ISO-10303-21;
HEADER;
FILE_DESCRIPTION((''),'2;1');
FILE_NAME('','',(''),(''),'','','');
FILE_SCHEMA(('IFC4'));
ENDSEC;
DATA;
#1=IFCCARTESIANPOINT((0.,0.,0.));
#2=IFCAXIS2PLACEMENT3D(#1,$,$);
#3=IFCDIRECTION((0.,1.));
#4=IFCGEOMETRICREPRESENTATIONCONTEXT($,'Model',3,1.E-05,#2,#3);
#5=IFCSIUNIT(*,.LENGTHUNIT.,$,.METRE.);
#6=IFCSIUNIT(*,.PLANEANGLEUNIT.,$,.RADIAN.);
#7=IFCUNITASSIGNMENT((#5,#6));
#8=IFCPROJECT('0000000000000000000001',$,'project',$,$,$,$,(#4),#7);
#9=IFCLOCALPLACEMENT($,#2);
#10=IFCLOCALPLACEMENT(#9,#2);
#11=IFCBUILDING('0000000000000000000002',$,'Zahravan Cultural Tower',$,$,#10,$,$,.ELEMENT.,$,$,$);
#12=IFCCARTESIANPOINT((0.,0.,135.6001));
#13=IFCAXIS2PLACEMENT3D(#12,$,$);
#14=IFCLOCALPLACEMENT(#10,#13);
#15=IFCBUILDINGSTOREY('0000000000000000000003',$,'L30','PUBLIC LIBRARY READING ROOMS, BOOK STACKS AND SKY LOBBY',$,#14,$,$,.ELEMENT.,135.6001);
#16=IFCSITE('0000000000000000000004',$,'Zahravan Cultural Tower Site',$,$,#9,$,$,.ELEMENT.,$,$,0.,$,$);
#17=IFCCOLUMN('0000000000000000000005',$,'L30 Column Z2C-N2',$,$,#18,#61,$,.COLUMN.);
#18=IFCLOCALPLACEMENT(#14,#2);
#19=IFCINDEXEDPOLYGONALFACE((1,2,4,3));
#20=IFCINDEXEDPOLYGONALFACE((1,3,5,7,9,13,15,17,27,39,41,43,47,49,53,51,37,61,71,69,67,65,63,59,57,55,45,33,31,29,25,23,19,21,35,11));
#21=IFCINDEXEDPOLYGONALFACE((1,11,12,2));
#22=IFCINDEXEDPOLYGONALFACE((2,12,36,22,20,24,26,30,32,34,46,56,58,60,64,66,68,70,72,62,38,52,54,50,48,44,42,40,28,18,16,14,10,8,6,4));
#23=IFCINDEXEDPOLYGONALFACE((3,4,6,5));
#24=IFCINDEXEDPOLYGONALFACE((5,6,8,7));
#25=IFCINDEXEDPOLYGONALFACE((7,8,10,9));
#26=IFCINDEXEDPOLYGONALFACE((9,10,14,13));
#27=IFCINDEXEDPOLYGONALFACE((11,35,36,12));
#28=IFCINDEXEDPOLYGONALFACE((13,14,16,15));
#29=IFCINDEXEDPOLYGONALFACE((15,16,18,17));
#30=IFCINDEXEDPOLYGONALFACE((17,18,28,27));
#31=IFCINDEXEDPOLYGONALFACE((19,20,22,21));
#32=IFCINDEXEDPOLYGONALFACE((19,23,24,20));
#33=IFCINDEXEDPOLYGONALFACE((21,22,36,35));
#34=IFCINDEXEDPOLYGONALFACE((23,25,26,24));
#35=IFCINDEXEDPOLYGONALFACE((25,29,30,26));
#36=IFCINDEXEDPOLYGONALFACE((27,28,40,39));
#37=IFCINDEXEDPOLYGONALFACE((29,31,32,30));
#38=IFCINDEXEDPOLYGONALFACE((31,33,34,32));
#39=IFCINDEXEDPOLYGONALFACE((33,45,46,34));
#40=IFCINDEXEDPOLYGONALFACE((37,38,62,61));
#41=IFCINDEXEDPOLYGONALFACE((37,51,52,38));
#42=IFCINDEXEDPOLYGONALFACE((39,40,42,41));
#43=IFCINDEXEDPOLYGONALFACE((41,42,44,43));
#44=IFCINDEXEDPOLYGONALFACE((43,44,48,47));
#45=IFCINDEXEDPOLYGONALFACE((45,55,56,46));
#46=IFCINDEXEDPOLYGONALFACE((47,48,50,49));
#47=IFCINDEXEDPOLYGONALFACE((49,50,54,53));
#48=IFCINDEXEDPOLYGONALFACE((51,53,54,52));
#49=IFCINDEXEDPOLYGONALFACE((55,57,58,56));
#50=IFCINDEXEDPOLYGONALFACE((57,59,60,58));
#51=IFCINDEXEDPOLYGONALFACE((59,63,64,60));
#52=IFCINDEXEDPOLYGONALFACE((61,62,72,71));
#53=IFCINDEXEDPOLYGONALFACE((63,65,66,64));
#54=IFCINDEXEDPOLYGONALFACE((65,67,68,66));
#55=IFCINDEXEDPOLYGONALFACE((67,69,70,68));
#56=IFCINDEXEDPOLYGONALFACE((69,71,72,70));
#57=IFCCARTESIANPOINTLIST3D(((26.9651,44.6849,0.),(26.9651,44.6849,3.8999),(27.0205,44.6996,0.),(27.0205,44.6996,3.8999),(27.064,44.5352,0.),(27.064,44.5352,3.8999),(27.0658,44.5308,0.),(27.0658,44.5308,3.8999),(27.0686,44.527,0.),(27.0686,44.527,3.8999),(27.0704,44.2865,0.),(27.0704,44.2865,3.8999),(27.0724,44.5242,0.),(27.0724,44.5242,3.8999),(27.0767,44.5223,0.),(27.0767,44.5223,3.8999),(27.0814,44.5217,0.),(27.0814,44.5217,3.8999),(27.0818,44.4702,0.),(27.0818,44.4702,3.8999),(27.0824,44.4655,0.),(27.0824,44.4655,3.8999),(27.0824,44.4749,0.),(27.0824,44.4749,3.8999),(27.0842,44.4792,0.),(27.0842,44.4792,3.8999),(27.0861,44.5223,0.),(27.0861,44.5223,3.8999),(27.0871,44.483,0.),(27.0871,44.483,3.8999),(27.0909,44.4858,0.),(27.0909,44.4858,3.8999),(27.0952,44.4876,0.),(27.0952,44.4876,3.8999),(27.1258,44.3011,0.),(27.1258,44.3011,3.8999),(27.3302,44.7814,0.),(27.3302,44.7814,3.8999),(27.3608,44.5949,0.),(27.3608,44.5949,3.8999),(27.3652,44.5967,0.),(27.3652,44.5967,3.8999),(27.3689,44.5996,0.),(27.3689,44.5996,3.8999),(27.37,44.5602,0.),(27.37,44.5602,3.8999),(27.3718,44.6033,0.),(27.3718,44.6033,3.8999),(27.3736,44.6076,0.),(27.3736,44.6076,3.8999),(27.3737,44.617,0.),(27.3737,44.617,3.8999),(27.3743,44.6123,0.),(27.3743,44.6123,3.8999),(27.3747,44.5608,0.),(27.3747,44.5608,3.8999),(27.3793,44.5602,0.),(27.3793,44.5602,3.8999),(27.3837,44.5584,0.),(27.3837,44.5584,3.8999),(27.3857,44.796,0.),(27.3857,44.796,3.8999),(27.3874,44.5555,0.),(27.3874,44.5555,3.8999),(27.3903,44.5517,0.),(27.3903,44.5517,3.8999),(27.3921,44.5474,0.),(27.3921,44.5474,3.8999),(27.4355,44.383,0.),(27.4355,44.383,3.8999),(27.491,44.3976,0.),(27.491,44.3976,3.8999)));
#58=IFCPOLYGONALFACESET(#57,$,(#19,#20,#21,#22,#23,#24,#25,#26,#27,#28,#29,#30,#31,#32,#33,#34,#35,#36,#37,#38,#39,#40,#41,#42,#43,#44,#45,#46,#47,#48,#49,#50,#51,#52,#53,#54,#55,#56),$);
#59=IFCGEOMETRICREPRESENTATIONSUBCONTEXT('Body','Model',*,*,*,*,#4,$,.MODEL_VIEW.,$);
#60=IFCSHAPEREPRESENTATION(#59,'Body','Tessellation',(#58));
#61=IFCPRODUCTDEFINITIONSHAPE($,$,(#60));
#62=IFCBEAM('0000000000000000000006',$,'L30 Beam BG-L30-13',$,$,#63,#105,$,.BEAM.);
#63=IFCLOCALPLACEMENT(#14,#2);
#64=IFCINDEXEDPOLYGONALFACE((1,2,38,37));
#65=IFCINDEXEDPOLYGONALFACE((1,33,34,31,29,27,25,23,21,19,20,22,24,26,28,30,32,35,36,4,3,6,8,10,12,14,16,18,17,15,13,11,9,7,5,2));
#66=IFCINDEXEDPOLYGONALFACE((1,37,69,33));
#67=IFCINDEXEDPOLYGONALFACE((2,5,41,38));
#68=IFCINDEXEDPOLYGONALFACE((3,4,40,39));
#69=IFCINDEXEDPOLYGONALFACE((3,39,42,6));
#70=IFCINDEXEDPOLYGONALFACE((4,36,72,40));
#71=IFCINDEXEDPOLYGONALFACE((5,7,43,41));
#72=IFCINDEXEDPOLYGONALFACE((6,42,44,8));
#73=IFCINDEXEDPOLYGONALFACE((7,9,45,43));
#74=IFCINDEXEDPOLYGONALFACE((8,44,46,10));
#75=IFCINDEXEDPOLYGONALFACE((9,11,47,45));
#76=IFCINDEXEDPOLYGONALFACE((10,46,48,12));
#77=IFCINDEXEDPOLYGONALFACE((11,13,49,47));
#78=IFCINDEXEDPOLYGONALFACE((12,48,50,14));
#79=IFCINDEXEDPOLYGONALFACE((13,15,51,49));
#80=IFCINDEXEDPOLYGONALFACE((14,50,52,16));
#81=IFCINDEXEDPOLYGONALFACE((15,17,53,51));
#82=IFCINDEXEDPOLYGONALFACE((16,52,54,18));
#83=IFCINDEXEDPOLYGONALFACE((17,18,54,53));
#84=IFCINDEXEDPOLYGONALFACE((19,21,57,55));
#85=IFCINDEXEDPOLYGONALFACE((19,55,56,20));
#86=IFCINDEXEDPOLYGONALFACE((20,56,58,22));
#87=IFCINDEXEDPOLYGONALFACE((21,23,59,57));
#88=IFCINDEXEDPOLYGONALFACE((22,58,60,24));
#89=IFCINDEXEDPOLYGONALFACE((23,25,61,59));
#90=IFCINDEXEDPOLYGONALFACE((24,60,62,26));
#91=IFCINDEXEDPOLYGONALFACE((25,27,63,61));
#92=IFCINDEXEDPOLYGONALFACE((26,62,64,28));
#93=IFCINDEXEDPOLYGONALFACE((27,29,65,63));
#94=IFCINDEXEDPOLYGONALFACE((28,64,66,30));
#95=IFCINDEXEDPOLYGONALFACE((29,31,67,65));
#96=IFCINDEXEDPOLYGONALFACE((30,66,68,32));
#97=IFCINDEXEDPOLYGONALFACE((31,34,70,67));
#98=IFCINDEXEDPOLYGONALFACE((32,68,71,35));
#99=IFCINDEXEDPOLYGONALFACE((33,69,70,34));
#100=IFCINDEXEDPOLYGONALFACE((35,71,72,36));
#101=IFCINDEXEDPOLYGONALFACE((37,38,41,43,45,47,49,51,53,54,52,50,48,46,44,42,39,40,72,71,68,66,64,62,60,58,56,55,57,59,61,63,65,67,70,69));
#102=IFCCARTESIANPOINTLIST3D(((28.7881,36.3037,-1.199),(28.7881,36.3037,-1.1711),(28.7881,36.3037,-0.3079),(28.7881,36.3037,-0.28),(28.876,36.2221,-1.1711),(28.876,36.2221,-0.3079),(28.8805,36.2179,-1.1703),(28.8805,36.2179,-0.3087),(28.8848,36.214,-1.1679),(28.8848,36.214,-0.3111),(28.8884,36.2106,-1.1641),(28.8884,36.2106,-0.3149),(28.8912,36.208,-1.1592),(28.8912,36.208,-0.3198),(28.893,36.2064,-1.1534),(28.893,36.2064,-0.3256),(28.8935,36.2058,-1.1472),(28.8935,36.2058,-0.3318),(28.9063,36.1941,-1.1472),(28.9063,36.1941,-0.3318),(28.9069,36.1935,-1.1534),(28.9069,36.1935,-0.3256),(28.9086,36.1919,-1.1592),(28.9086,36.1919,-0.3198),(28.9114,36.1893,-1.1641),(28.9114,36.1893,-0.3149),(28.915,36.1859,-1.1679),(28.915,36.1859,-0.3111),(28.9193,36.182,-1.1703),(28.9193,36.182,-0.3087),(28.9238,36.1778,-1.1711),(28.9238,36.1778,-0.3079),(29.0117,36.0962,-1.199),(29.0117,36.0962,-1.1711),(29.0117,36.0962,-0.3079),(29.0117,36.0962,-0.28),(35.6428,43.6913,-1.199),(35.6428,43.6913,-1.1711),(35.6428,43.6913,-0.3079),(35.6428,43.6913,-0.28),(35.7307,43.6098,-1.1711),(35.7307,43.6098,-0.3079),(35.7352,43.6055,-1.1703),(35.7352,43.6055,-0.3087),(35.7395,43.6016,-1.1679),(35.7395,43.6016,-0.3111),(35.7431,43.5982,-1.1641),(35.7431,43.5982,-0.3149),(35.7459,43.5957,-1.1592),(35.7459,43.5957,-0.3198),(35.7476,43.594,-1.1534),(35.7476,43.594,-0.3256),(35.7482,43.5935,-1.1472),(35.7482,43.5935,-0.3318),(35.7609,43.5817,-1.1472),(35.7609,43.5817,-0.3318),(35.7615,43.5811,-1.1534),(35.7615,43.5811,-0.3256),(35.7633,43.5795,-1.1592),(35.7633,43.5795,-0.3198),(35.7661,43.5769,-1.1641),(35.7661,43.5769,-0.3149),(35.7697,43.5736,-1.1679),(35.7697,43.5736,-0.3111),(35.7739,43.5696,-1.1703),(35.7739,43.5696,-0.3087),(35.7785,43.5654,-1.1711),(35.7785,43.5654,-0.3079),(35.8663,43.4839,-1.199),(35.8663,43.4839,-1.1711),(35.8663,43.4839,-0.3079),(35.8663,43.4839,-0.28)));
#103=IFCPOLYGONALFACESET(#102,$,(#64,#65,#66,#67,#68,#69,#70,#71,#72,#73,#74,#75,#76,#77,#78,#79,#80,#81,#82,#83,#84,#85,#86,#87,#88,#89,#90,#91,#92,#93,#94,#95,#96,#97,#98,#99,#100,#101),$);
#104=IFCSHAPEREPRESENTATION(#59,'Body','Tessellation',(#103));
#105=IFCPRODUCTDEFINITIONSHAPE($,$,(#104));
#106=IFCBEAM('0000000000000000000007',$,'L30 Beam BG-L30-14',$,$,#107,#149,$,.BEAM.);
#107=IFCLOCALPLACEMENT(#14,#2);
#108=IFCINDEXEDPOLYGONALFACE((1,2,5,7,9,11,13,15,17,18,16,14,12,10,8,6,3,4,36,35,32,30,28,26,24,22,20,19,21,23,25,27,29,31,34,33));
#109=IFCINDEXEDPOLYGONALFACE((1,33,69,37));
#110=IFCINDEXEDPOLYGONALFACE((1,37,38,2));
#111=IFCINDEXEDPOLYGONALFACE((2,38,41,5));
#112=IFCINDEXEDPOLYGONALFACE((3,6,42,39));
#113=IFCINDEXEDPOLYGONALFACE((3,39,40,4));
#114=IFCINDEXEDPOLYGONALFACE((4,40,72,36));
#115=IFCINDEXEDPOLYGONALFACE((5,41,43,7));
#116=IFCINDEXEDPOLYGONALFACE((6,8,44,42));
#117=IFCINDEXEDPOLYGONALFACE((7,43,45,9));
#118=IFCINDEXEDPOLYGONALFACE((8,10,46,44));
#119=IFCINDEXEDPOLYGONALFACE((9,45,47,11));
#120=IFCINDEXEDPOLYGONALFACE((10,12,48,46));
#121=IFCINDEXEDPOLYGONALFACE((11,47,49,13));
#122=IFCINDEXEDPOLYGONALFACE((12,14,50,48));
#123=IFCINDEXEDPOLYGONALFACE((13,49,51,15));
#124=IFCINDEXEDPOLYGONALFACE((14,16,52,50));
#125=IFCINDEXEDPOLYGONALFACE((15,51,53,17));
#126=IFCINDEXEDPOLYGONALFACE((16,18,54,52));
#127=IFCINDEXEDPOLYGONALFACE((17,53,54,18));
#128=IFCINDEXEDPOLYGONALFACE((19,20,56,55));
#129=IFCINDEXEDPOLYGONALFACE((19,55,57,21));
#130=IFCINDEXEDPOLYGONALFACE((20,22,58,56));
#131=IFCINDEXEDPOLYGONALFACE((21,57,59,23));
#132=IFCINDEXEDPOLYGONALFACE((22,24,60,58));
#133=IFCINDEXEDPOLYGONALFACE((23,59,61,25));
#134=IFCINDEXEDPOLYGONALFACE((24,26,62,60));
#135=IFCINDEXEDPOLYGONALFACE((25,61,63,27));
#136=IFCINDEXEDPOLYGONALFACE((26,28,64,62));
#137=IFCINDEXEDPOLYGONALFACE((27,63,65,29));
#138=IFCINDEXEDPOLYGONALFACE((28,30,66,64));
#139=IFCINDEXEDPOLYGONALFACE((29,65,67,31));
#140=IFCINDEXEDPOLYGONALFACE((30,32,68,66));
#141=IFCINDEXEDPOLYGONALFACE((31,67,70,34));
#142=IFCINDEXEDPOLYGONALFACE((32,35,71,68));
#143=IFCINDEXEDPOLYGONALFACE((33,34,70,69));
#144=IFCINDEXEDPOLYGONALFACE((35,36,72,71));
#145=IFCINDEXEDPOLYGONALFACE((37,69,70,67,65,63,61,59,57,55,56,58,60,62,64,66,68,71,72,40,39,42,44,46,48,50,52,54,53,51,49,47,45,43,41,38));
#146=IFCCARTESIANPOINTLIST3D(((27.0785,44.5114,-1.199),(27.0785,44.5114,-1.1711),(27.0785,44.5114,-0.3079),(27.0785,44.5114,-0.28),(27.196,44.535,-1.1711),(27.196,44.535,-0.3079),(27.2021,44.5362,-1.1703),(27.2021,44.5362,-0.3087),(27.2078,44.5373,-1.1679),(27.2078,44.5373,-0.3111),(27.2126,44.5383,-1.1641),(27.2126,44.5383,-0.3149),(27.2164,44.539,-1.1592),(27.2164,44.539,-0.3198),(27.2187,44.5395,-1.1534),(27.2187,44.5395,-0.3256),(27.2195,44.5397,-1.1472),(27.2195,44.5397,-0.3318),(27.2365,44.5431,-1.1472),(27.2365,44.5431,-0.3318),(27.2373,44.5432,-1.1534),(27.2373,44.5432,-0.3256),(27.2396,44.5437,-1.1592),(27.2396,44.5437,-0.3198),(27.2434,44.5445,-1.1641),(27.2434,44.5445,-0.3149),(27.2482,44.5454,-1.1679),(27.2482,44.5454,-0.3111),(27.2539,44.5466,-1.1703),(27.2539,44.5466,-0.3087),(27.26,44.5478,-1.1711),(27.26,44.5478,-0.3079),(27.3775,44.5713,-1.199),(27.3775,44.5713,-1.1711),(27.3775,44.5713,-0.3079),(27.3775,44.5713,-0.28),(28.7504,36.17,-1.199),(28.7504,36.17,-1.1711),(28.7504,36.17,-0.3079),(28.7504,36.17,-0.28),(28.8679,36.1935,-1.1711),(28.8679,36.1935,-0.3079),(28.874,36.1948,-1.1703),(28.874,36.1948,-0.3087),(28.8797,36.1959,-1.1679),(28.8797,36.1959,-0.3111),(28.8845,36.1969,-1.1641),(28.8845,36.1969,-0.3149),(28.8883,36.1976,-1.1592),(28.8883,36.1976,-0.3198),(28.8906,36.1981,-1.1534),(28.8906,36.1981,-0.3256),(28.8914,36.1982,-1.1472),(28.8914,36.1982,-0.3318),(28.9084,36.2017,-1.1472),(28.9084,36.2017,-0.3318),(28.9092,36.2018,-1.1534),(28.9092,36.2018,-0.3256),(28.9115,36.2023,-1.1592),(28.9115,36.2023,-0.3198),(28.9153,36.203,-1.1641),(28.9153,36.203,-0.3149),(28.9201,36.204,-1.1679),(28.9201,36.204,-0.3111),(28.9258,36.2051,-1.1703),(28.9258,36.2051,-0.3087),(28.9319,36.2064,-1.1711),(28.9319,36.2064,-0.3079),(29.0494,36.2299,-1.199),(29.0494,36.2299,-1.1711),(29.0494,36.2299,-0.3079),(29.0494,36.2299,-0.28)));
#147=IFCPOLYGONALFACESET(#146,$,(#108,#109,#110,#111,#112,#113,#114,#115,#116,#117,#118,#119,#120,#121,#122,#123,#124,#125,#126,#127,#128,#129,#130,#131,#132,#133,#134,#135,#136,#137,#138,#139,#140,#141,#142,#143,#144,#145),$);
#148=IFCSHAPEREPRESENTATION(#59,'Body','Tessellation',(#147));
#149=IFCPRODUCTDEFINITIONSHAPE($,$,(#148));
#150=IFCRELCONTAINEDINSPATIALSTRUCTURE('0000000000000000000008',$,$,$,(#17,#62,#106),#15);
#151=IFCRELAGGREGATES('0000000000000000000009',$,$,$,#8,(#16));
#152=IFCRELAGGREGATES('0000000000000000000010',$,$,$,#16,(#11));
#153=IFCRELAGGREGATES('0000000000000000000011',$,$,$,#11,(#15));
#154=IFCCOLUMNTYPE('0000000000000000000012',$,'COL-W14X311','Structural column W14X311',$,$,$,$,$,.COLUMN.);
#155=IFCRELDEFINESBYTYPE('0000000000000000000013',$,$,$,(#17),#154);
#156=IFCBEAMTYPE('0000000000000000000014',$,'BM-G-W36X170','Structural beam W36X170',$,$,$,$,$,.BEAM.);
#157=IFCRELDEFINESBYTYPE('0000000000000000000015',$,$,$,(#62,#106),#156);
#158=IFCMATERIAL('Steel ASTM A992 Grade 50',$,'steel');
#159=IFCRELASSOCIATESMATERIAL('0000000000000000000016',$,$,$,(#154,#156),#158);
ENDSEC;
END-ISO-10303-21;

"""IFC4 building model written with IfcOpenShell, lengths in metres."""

from ifc_helpers import new_model, si_unit, direction, frame, origin, origin_2d, place, context, subcontext, project, spatial, i_section, extrude, source, transform, mapped, material, material_profile, profile_set, type_object, element, save


model = new_model("IFC4")

# Units and contexts
model_context = context("Model", 3, precision=1e-05, world=origin(), true_north=direction((0.0, 1.0)))
body_context = subcontext(model_context, "Body", "Model", "MODEL_VIEW")
ifc_project = project(units=[si_unit("LENGTHUNIT", "METRE"), si_unit("PLANEANGLEUNIT", "RADIAN")], contexts=[model_context])

# Site, building, storey
site_placement = place(None, origin())
site = spatial("IfcSite", under=ifc_project, at=site_placement, Name="Zahravan Cultural Tower Site", CompositionType="ELEMENT", RefElevation=0.0)
building_placement = place(site_placement, origin())
building = spatial("IfcBuilding", under=site, at=building_placement, Name="Zahravan Cultural Tower", CompositionType="ELEMENT")
storey_placement = place(building_placement, frame((0.0, 0.0, 135.6001)))
storey = spatial("IfcBuildingStorey", under=building, at=storey_placement, Name="L30", Description="PUBLIC LIBRARY READING ROOMS, BOOK STACKS AND SKY LOBBY", CompositionType="ELEMENT", Elevation=135.6001)

# Column
ifc_material_1 = material(Name="Steel ASTM A992 Grade 50", Category="steel")
ifc_material_profile_1 = material_profile(ifc_material_1, i_section(OverallWidth=0.4121, OverallDepth=0.4351, WebThickness=0.0359, FlangeThickness=0.0574, FilletRadius=0.0181, at=origin_2d()), Name="W14X311")
ifc_profile_set_1 = profile_set([ifc_material_profile_1], Name="Steel ASTM A992 Grade 50")
column_type = type_object("IfcColumnType", Name="COL-W14X311", Description="Structural column W14X311", PredefinedType="COLUMN", material=ifc_profile_set_1)
shared_shape_1 = source(origin(), body_context, "Body", "SweptSolid", [
    extrude(i_section(OverallWidth=0.4121, OverallDepth=0.4351, WebThickness=0.0359, FlangeThickness=0.0574, FilletRadius=0.0181, at=origin_2d()), origin(), (0.0, 0.0, 1.0), 3.8999),
])
column_placement = place(storey_placement, frame((27.228, 44.5413, 0.0), z_axis=(0.0, 0.0, 1.0), x_axis=(-0.255446, 0.966823, 0.0)))
element("IfcColumn", 1, at=column_placement, inside=storey, type_object=column_type, Name="L30 Column Z2C-N2", PredefinedType="COLUMN", context=body_context, shape_type="MappedRepresentation", body=[
    mapped(shared_shape_1, transform((0.0, 0.0, 0.0), x_axis=(1.0, 0.0, 0.0), y_axis=(0.0, 1.0, 0.0), z_axis=(0.0, 0.0, 1.0), scale=1.0)),
])

# Beams
ifc_material_profile_2 = material_profile(ifc_material_1, i_section(OverallWidth=0.3049, OverallDepth=0.9189, WebThickness=0.0173, FlangeThickness=0.0278, FilletRadius=0.0239, at=origin_2d()), Name="W36X170")
ifc_profile_set_2 = profile_set([ifc_material_profile_2], Name="Steel ASTM A992 Grade 50")
beam_type_1 = type_object("IfcBeamType", Name="BM-G-W36X170", Description="Structural beam W36X170", PredefinedType="BEAM", material=ifc_profile_set_2)
shared_shape_2 = source(origin(), body_context, "Body", "SweptSolid", [
    extrude(i_section(OverallWidth=0.3049, OverallDepth=0.9189, WebThickness=0.0173, FlangeThickness=0.0278, FilletRadius=0.0239, at=origin_2d()), origin(), (0.0, 0.0, 1.0), 10.0779),
])
beam_1_placement = place(storey_placement, frame((28.8999, 36.2, -0.7395), z_axis=(0.68017, 0.733054, 0.0), x_axis=(-0.733054, 0.68017, 0.0)))
element("IfcBeam", 2, at=beam_1_placement, inside=storey, type_object=beam_type_1, Name="L30 Beam BG-L30-13", PredefinedType="BEAM", context=body_context, shape_type="MappedRepresentation", body=[
    mapped(shared_shape_2, transform((0.0, 0.0, 0.0), x_axis=(1.0, 0.0, 0.0), y_axis=(0.0, 1.0, 0.0), z_axis=(0.0, 0.0, 1.0), scale=1.0)),
])
shared_shape_3 = source(origin(), body_context, "Body", "SweptSolid", [
    extrude(i_section(OverallWidth=0.3049, OverallDepth=0.9189, WebThickness=0.0173, FlangeThickness=0.0278, FilletRadius=0.0239, at=origin_2d()), origin(), (0.0, 0.0, 1.0), 8.5073),
])
beam_2_placement = place(storey_placement, frame((28.8999, 36.2, -0.7395), z_axis=(-0.196525, 0.980499, 0.0), x_axis=(-0.980499, -0.196525, 0.0)))
element("IfcBeam", 3, at=beam_2_placement, inside=storey, type_object=beam_type_1, Name="L30 Beam BG-L30-14", PredefinedType="BEAM", context=body_context, shape_type="MappedRepresentation", body=[
    mapped(shared_shape_3, transform((0.0, 0.0, 0.0), x_axis=(1.0, 0.0, 0.0), y_axis=(0.0, 1.0, 0.0), z_axis=(0.0, 0.0, 1.0), scale=1.0)),
])

save(model, "model.ifc")
